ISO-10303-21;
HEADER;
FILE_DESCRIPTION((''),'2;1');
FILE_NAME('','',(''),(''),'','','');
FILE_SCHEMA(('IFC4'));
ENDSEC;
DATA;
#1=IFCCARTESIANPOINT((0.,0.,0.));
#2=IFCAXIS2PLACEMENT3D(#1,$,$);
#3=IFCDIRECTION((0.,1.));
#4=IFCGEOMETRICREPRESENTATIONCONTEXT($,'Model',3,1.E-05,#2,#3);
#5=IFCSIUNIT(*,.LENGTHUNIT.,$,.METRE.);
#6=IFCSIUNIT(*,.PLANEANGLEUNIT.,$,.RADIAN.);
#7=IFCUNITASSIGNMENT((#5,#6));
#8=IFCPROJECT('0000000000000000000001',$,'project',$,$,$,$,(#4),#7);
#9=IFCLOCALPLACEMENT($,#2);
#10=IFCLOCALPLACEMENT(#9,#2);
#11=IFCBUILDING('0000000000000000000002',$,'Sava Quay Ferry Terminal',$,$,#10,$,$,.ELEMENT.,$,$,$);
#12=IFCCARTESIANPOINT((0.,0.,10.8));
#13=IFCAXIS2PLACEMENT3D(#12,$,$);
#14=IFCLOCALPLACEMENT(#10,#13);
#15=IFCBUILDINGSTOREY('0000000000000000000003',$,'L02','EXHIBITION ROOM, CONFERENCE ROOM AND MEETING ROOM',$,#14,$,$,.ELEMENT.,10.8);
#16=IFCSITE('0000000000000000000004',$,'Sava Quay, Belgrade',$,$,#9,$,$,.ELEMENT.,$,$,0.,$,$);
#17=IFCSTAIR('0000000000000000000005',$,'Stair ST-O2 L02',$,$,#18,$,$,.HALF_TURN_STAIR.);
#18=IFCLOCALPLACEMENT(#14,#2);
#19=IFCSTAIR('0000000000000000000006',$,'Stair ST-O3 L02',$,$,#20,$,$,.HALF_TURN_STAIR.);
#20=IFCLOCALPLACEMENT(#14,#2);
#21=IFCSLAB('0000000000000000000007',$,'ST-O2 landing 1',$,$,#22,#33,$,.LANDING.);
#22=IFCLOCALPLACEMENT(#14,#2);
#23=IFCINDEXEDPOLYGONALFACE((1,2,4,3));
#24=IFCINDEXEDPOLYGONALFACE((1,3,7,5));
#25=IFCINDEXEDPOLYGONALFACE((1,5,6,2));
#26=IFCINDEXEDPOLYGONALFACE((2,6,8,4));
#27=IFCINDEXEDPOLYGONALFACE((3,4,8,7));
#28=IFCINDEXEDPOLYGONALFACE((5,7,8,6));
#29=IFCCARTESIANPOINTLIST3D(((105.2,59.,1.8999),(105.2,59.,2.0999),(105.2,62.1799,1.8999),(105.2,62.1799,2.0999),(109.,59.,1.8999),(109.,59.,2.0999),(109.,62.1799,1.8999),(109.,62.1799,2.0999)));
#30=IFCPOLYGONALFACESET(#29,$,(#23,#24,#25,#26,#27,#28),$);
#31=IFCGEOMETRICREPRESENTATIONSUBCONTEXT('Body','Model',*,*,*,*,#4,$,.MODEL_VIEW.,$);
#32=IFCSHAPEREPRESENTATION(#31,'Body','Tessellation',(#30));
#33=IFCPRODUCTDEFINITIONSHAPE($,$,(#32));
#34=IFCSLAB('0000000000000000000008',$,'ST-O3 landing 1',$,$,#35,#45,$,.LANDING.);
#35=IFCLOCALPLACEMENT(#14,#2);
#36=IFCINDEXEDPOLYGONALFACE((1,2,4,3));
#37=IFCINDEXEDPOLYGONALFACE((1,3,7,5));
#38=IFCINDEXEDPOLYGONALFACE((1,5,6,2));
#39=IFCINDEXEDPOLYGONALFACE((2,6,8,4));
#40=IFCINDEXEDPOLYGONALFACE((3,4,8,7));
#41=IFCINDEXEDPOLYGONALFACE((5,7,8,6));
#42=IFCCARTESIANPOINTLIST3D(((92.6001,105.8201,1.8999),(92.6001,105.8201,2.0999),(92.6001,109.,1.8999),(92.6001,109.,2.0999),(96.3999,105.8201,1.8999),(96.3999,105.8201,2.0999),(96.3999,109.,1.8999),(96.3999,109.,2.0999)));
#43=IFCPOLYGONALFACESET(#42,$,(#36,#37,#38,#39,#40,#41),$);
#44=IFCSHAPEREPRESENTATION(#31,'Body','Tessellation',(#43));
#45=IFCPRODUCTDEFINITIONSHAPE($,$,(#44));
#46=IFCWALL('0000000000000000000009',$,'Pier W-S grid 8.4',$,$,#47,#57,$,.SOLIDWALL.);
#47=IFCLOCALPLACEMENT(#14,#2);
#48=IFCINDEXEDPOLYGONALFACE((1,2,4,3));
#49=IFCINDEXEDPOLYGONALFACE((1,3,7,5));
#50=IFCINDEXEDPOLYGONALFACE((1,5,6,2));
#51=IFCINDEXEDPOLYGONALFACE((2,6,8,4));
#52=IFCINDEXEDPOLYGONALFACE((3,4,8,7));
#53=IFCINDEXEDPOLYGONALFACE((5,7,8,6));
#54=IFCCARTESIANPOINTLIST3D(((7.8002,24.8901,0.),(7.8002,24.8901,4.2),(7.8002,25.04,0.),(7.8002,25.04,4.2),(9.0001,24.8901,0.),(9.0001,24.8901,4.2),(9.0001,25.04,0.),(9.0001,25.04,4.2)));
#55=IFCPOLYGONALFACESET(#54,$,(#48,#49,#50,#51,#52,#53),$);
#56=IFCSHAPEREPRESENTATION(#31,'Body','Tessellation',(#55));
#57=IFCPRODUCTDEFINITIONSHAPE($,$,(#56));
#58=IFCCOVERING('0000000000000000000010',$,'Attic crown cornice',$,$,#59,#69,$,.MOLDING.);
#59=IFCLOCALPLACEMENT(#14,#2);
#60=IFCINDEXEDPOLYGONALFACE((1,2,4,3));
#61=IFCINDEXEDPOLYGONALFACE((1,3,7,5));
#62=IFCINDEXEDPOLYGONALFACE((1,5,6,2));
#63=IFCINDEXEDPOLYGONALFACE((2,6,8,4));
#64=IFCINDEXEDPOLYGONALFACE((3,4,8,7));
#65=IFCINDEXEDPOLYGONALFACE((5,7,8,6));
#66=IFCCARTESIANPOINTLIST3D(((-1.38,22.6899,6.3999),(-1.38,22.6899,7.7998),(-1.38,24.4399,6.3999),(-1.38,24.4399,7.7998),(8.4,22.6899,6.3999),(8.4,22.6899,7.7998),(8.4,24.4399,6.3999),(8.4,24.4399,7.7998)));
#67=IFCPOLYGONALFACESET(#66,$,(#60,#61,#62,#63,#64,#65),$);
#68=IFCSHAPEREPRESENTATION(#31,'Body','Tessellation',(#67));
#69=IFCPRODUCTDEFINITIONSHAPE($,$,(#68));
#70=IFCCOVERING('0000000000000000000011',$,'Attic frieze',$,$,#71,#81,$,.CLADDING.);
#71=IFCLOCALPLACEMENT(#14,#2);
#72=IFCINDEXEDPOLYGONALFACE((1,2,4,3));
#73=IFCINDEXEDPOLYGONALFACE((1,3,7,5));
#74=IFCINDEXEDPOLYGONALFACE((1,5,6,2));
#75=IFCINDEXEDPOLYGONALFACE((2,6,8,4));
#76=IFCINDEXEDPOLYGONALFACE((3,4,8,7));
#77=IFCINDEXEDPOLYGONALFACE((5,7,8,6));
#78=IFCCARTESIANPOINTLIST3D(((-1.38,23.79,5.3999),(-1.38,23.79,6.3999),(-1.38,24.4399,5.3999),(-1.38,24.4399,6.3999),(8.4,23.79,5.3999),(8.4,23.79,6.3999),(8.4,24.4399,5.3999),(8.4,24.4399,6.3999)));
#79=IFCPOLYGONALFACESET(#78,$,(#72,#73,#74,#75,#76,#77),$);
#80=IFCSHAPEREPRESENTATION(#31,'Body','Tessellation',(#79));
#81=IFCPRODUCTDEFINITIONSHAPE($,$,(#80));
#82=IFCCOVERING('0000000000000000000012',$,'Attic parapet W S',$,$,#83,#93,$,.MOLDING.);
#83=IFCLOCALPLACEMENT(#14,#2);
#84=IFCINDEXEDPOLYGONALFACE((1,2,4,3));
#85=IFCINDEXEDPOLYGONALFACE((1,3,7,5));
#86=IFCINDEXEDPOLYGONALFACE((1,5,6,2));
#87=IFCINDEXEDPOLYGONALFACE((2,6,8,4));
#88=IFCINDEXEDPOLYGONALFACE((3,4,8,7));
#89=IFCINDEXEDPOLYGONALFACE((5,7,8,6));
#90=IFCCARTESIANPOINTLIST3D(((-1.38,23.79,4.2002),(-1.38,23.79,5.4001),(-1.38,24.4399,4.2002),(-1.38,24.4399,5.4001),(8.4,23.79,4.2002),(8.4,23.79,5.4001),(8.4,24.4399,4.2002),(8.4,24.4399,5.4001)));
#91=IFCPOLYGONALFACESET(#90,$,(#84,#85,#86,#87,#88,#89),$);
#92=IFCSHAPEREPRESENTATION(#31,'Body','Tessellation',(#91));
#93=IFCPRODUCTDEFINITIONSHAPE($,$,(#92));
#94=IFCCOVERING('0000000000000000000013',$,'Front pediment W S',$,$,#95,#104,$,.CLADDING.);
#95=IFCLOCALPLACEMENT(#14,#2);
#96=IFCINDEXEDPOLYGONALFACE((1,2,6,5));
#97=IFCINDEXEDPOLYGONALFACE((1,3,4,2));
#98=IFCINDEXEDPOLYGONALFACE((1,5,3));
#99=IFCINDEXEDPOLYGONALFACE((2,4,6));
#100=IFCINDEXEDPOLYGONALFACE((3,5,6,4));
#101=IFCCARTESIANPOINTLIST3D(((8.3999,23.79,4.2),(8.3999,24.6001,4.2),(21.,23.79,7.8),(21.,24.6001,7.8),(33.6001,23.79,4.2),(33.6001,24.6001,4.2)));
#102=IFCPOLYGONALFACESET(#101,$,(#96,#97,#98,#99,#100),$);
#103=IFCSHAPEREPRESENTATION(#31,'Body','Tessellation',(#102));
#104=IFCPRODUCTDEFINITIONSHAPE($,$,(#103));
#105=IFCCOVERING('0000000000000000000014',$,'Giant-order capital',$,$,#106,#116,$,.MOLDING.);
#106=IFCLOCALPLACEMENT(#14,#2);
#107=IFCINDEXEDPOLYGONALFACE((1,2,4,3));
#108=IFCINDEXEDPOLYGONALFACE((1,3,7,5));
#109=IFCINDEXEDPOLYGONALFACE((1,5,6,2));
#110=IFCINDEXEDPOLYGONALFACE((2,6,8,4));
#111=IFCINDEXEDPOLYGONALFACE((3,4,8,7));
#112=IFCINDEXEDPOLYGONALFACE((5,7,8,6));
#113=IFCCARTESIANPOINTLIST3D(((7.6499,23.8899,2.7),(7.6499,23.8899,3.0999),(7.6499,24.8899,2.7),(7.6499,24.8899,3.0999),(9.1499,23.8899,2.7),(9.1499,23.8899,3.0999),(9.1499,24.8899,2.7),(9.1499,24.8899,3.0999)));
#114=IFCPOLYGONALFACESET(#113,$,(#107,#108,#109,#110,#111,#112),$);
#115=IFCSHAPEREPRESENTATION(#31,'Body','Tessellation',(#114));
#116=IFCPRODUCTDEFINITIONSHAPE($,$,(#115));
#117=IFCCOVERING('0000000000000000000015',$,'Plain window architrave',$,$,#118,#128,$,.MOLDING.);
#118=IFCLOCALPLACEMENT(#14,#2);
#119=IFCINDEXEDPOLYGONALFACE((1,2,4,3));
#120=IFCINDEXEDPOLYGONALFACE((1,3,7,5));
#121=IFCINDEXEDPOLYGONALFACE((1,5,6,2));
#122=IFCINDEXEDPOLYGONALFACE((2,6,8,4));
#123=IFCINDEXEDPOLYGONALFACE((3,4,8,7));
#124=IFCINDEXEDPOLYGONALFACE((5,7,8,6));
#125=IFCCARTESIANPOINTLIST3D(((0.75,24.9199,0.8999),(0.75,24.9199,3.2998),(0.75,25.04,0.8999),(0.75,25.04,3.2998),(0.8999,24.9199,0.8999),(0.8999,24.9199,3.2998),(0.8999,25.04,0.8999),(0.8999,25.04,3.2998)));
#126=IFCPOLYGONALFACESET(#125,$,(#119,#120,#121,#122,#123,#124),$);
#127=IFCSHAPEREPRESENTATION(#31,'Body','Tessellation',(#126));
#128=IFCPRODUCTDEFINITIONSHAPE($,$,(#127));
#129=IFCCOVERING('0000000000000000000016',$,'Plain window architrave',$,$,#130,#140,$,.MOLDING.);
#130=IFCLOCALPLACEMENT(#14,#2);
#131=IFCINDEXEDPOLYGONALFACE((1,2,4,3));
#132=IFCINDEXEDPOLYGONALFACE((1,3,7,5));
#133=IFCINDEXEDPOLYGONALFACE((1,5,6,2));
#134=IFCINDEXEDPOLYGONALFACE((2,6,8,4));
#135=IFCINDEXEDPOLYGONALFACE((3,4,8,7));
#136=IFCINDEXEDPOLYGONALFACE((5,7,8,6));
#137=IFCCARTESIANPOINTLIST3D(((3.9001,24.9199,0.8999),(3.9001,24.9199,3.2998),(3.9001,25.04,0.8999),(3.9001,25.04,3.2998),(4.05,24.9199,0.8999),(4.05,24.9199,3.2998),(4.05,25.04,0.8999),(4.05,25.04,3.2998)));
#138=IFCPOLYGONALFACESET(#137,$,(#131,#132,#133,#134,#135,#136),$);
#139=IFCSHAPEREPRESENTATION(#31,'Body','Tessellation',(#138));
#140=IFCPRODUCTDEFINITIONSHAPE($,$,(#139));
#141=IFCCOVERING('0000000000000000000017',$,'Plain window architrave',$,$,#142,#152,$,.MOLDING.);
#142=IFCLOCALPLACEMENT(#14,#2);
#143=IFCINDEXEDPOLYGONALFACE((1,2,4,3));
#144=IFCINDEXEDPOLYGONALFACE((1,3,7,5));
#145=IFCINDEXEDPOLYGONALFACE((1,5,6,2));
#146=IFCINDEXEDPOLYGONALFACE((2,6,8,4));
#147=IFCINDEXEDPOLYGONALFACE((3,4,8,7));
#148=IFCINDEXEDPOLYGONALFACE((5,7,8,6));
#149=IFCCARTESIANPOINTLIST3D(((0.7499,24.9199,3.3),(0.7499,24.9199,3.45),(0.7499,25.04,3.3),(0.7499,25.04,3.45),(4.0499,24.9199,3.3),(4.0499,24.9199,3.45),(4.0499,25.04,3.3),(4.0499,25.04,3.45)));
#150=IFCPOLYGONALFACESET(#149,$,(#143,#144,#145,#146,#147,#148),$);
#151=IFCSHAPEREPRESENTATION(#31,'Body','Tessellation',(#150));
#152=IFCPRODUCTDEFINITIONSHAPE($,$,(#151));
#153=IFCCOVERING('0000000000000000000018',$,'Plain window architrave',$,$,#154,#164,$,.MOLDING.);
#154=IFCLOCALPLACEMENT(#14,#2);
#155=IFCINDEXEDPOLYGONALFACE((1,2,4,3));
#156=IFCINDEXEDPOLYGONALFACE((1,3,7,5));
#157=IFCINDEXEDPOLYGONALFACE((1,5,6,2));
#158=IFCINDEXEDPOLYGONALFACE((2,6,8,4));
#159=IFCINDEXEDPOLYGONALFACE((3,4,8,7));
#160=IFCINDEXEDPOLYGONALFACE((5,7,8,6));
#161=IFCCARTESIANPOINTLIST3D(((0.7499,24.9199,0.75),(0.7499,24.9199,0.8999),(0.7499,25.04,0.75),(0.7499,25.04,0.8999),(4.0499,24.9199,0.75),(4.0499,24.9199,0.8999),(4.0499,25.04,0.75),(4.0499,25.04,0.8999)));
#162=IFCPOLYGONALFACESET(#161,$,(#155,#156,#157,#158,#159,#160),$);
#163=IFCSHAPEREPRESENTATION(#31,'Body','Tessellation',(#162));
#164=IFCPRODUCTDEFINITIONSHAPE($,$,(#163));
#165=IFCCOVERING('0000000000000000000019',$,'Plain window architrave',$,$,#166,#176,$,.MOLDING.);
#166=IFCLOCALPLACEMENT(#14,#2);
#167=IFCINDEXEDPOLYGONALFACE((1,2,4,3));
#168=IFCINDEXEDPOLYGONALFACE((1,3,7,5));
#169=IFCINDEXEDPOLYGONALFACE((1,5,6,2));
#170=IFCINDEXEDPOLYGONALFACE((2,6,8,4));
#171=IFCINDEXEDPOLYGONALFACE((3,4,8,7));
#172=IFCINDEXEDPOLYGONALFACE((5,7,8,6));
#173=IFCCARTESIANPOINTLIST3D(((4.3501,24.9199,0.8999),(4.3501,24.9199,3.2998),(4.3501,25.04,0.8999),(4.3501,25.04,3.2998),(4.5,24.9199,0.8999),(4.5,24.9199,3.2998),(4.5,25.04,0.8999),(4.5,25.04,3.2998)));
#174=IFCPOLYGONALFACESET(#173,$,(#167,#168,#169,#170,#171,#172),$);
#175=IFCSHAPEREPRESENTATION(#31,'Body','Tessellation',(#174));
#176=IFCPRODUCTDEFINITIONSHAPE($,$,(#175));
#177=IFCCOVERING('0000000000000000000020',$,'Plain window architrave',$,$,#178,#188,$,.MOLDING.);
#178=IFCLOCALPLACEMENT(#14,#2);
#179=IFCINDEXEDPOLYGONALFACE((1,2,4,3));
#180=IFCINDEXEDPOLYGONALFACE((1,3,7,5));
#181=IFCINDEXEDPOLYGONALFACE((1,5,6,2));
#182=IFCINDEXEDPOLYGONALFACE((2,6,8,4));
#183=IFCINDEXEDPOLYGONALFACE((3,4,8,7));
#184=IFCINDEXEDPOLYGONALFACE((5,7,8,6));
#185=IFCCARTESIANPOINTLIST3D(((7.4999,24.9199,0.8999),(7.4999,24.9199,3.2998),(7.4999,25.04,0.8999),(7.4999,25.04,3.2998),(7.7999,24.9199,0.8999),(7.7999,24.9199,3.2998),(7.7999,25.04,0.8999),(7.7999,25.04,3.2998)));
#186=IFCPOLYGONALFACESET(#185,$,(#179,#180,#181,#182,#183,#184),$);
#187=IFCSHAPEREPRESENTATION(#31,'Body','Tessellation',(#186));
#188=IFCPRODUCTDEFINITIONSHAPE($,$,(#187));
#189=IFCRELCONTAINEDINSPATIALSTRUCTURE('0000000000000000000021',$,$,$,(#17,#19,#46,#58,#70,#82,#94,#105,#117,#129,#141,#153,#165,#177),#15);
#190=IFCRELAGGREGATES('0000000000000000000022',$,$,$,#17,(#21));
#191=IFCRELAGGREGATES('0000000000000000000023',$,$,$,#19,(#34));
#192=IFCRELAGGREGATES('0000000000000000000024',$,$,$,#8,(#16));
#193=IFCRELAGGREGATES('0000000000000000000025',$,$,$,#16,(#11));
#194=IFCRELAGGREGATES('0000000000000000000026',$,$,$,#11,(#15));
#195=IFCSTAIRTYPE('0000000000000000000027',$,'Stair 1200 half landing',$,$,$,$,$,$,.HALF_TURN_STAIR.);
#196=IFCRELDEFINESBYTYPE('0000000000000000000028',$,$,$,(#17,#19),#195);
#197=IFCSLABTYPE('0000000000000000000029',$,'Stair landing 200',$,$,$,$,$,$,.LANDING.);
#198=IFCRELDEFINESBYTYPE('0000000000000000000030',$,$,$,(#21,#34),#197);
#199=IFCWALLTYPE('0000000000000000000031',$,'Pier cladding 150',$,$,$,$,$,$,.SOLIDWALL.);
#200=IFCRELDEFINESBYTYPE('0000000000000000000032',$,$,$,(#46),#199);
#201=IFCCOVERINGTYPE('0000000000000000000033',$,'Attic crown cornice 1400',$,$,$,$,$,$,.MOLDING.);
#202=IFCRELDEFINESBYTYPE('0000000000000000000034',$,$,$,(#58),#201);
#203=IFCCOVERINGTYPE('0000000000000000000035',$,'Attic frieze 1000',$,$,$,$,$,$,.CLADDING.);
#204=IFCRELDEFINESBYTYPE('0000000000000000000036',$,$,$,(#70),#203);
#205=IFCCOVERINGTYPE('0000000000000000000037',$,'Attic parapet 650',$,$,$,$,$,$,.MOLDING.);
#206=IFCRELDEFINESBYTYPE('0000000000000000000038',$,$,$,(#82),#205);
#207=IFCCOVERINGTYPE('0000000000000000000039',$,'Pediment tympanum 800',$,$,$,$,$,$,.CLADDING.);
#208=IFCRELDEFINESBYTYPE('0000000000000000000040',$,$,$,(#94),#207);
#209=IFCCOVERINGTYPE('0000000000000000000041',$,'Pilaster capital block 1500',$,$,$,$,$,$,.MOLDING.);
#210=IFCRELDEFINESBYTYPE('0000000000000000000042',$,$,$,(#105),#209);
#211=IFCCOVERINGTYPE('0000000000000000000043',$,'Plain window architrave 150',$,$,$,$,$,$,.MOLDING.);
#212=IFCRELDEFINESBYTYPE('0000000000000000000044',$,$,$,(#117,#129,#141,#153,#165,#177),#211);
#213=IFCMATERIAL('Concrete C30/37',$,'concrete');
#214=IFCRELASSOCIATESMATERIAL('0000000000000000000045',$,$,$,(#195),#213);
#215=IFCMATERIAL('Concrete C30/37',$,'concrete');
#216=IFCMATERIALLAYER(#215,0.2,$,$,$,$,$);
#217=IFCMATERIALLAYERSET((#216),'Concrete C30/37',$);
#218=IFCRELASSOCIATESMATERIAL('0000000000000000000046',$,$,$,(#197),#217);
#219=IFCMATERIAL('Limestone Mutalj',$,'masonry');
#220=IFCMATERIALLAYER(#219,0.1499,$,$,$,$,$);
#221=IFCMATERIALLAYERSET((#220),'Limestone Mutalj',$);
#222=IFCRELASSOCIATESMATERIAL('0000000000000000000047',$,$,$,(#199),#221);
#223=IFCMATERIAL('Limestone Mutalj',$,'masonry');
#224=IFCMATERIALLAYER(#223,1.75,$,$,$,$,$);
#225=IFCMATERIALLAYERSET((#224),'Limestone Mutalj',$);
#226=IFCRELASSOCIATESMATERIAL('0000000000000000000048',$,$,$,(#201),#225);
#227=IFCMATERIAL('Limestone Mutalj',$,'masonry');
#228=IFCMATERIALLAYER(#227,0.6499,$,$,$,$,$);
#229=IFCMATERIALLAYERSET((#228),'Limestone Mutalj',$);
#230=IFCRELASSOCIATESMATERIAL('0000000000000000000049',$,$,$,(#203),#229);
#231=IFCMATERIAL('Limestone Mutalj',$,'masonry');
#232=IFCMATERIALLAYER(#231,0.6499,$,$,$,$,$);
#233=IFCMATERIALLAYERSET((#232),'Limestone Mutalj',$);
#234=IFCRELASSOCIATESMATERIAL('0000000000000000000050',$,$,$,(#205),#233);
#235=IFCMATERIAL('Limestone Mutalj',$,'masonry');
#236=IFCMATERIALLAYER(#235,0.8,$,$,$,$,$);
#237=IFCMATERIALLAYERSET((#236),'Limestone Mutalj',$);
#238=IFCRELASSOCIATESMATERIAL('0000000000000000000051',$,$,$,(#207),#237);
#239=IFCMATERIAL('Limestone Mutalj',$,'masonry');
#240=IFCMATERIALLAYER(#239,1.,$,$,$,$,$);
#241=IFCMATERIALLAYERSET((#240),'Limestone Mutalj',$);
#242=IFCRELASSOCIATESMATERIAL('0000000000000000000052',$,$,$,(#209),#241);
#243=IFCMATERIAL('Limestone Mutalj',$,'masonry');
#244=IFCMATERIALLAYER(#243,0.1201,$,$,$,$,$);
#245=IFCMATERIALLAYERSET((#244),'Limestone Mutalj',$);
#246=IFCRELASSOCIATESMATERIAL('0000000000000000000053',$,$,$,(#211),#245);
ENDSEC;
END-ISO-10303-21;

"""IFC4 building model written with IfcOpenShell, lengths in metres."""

from ifc_helpers import new_model, si_unit, direction, frame, frame_2d, origin, origin_2d, place, context, subcontext, project, spatial, polyline, rectangle, outline, extrude, material, layer, layer_set, type_object, element, aggregate, save


model = new_model("IFC4")

# Units and contexts
model_context = context("Model", 3, precision=1e-05, world=origin(), true_north=direction((0.0, 1.0)))
body_context = subcontext(model_context, "Body", "Model", "MODEL_VIEW")
ifc_project = project(units=[si_unit("LENGTHUNIT", "METRE"), si_unit("PLANEANGLEUNIT", "RADIAN")], contexts=[model_context])

# Site, building, storey
site_placement = place(None, origin())
site = spatial("IfcSite", under=ifc_project, at=site_placement, Name="Sava Quay, Belgrade", CompositionType="ELEMENT", RefElevation=0.0)
building_placement = place(site_placement, origin())
building = spatial("IfcBuilding", under=site, at=building_placement, Name="Sava Quay Ferry Terminal", CompositionType="ELEMENT")
storey_placement = place(building_placement, frame((0.0, 0.0, 10.8)))
storey = spatial("IfcBuildingStorey", under=building, at=storey_placement, Name="L02", Description="EXHIBITION ROOM, CONFERENCE ROOM AND MEETING ROOM", CompositionType="ELEMENT", Elevation=10.8)

# Stairs
ifc_material_1 = material(Name="Concrete C30/37", Category="concrete")
stair_type = type_object("IfcStairType", Name="Stair 1200 half landing", PredefinedType="HALF_TURN_STAIR", material=ifc_material_1)
stair_1_placement = place(storey_placement, origin())
stair_1 = element("IfcStair", 1, at=stair_1_placement, inside=storey, type_object=stair_type, Name="Stair ST-O2 L02", PredefinedType="HALF_TURN_STAIR")
stair_2_placement = place(storey_placement, origin())
stair_2 = element("IfcStair", 2, at=stair_2_placement, inside=storey, type_object=stair_type, Name="Stair ST-O3 L02", PredefinedType="HALF_TURN_STAIR")

# Slabs
ifc_material_2 = material(Name="Concrete C30/37", Category="concrete")
ifc_layer_1 = layer(ifc_material_2, 0.2)
ifc_layer_set_1 = layer_set([ifc_layer_1], Name="Concrete C30/37")
slab_type_1 = type_object("IfcSlabType", Name="Stair landing 200", PredefinedType="LANDING", material=ifc_layer_set_1)
slab_1_placement = place(storey_placement, frame((0.0, 0.0, 1.8999)))
slab_1 = element("IfcSlab", 3, at=slab_1_placement, type_object=slab_type_1, Name="ST-O2 landing 1", PredefinedType="LANDING", context=body_context, shape_type="SweptSolid", body=[
    extrude(outline(polyline([(105.2, 59.0), (105.2, 62.1799), (109.0, 62.1799), (109.0, 59.0), (105.2, 59.0)])), origin(), (0.0, 0.0, 1.0), 0.2),
])
aggregate(stair_1, [slab_1])
slab_2_placement = place(storey_placement, frame((0.0, 0.0, 1.8999)))
slab_2 = element("IfcSlab", 4, at=slab_2_placement, type_object=slab_type_1, Name="ST-O3 landing 1", PredefinedType="LANDING", context=body_context, shape_type="SweptSolid", body=[
    extrude(outline(polyline([(92.6001, 105.8201), (92.6001, 109.0), (96.3999, 109.0), (96.3999, 105.8201), (92.6001, 105.8201)])), origin(), (0.0, 0.0, 1.0), 0.2),
])
aggregate(stair_2, [slab_2])

# Wall
ifc_material_3 = material(Name="Limestone Mutalj", Category="masonry")
ifc_layer_2 = layer(ifc_material_3, 0.1499)
ifc_layer_set_2 = layer_set([ifc_layer_2], Name="Limestone Mutalj")
wall_type = type_object("IfcWallType", Name="Pier cladding 150", PredefinedType="SOLIDWALL", material=ifc_layer_set_2)
wall_placement = place(storey_placement, frame((7.8, 24.9651, 0.0), z_axis=(0.0, 0.0, 1.0), x_axis=(1.0, 0.0, 0.0)))
element("IfcWall", 5, at=wall_placement, inside=storey, type_object=wall_type, Name="Pier W-S grid 8.4", PredefinedType="SOLIDWALL", context=body_context, shape_type="SweptSolid", body=[
    extrude(rectangle(XDim=1.2, YDim=0.1499, at=frame_2d((0.6001, 0.0))), origin(), (0.0, 0.0, 1.0), 4.2),
])

# Coverings
ifc_material_4 = material(Name="Limestone Mutalj", Category="masonry")
ifc_layer_3 = layer(ifc_material_4, 1.75)
ifc_layer_set_3 = layer_set([ifc_layer_3], Name="Limestone Mutalj")
covering_type_1 = type_object("IfcCoveringType", Name="Attic crown cornice 1400", PredefinedType="MOLDING", material=ifc_layer_set_3)
covering_1_placement = place(storey_placement, frame((3.51, 23.5649, 6.3999), z_axis=(0.0, 0.0, 1.0), x_axis=(1.0, 0.0, 0.0)))
element("IfcCovering", 6, at=covering_1_placement, inside=storey, type_object=covering_type_1, Name="Attic crown cornice", PredefinedType="MOLDING", context=body_context, shape_type="SweptSolid", body=[
    extrude(rectangle(XDim=9.78, YDim=1.75, at=origin_2d()), origin(), (0.0, 0.0, 1.0), 1.3999),
])
ifc_material_5 = material(Name="Limestone Mutalj", Category="masonry")
ifc_layer_4 = layer(ifc_material_5, 0.6499)
ifc_layer_set_4 = layer_set([ifc_layer_4], Name="Limestone Mutalj")
covering_type_2 = type_object("IfcCoveringType", Name="Attic frieze 1000", PredefinedType="CLADDING", material=ifc_layer_set_4)
covering_2_placement = place(storey_placement, frame((3.51, 24.115, 5.3999), z_axis=(0.0, 0.0, 1.0), x_axis=(1.0, 0.0, 0.0)))
element("IfcCovering", 7, at=covering_2_placement, inside=storey, type_object=covering_type_2, Name="Attic frieze", PredefinedType="CLADDING", context=body_context, shape_type="SweptSolid", body=[
    extrude(rectangle(XDim=9.78, YDim=0.6499, at=origin_2d()), origin(), (0.0, 0.0, 1.0), 1.0),
])
ifc_material_6 = material(Name="Limestone Mutalj", Category="masonry")
ifc_layer_5 = layer(ifc_material_6, 0.6499)
ifc_layer_set_5 = layer_set([ifc_layer_5], Name="Limestone Mutalj")
covering_type_3 = type_object("IfcCoveringType", Name="Attic parapet 650", PredefinedType="MOLDING", material=ifc_layer_set_5)
covering_3_placement = place(storey_placement, frame((3.51, 24.115, 4.2002), z_axis=(0.0, 0.0, 1.0), x_axis=(1.0, 0.0, 0.0)))
element("IfcCovering", 8, at=covering_3_placement, inside=storey, type_object=covering_type_3, Name="Attic parapet W S", PredefinedType="MOLDING", context=body_context, shape_type="SweptSolid", body=[
    extrude(rectangle(XDim=9.78, YDim=0.6499, at=origin_2d()), origin(), (0.0, 0.0, 1.0), 1.2),
])
ifc_material_7 = material(Name="Limestone Mutalj", Category="masonry")
ifc_layer_6 = layer(ifc_material_7, 0.8)
ifc_layer_set_6 = layer_set([ifc_layer_6], Name="Limestone Mutalj")
covering_type_4 = type_object("IfcCoveringType", Name="Pediment tympanum 800", PredefinedType="CLADDING", material=ifc_layer_set_6)
covering_4_placement = place(storey_placement, frame((8.3999, 23.79, 4.2), z_axis=(0.0, -1.0, 0.0), x_axis=(1.0, 0.0, 0.0)))
element("IfcCovering", 9, at=covering_4_placement, inside=storey, type_object=covering_type_4, Name="Front pediment W S", PredefinedType="CLADDING", context=body_context, shape_type="SweptSolid", body=[
    extrude(outline(polyline([(0.0, 0.0), (25.2002, 0.0), (12.6001, 3.6001), (0.0, 0.0)])), origin(), (0.0, 0.0, -1.0), 0.8101),
])
ifc_material_8 = material(Name="Limestone Mutalj", Category="masonry")
ifc_layer_7 = layer(ifc_material_8, 1.0)
ifc_layer_set_7 = layer_set([ifc_layer_7], Name="Limestone Mutalj")
covering_type_5 = type_object("IfcCoveringType", Name="Pilaster capital block 1500", PredefinedType="MOLDING", material=ifc_layer_set_7)
covering_5_placement = place(storey_placement, frame((8.3999, 24.3899, 2.7), z_axis=(0.0, 0.0, 1.0), x_axis=(1.0, 0.0, 0.0)))
element("IfcCovering", 10, at=covering_5_placement, inside=storey, type_object=covering_type_5, Name="Giant-order capital", PredefinedType="MOLDING", context=body_context, shape_type="SweptSolid", body=[
    extrude(rectangle(XDim=1.5, YDim=1.0, at=origin_2d()), origin(), (0.0, 0.0, 1.0), 0.3999),
])
ifc_material_9 = material(Name="Limestone Mutalj", Category="masonry")
ifc_layer_8 = layer(ifc_material_9, 0.1201)
ifc_layer_set_8 = layer_set([ifc_layer_8], Name="Limestone Mutalj")
covering_type_6 = type_object("IfcCoveringType", Name="Plain window architrave 150", PredefinedType="MOLDING", material=ifc_layer_set_8)
for number, where, z_axis, x_axis, name in (
    (11, (0.825, 24.98, 0.8999), (0.0, 0.0, 1.0), (1.0, 0.0, 0.0), "Plain window architrave"),
    (12, (3.9751, 24.98, 0.8999), (0.0, 0.0, 1.0), (1.0, 0.0, 0.0), "Plain window architrave"),
):
    element("IfcCovering", number, at=place(storey_placement, frame(where, z_axis=z_axis, x_axis=x_axis)), inside=storey, type_object=covering_type_6, Name=name, PredefinedType="MOLDING", context=body_context, shape_type="SweptSolid", body=[
        extrude(rectangle(XDim=0.1499, YDim=0.1201, at=origin_2d()), origin(), (0.0, 0.0, 1.0), 2.3999),
    ])
for number, where, z_axis, x_axis, name in (
    (13, (2.3999, 24.98, 3.3), (0.0, 0.0, 1.0), (1.0, 0.0, 0.0), "Plain window architrave"),
    (14, (2.3999, 24.98, 0.75), (0.0, 0.0, 1.0), (1.0, 0.0, 0.0), "Plain window architrave"),
):
    element("IfcCovering", number, at=place(storey_placement, frame(where, z_axis=z_axis, x_axis=x_axis)), inside=storey, type_object=covering_type_6, Name=name, PredefinedType="MOLDING", context=body_context, shape_type="SweptSolid", body=[
        extrude(rectangle(XDim=3.3, YDim=0.1201, at=origin_2d()), origin(), (0.0, 0.0, 1.0), 0.1499),
    ])
covering_6_placement = place(storey_placement, frame((4.425, 24.98, 0.8999), z_axis=(0.0, 0.0, 1.0), x_axis=(1.0, 0.0, 0.0)))
element("IfcCovering", 15, at=covering_6_placement, inside=storey, type_object=covering_type_6, Name="Plain window architrave", PredefinedType="MOLDING", context=body_context, shape_type="SweptSolid", body=[
    extrude(rectangle(XDim=0.1499, YDim=0.1201, at=origin_2d()), origin(), (0.0, 0.0, 1.0), 2.3999),
])
covering_7_placement = place(storey_placement, frame((7.6499, 24.98, 0.8999), z_axis=(0.0, 0.0, 1.0), x_axis=(1.0, 0.0, 0.0)))
element("IfcCovering", 16, at=covering_7_placement, inside=storey, type_object=covering_type_6, Name="Plain window architrave", PredefinedType="MOLDING", context=body_context, shape_type="SweptSolid", body=[
    extrude(rectangle(XDim=0.3, YDim=0.1201, at=origin_2d()), origin(), (0.0, 0.0, 1.0), 2.3999),
])

save(model, "model.ifc")
